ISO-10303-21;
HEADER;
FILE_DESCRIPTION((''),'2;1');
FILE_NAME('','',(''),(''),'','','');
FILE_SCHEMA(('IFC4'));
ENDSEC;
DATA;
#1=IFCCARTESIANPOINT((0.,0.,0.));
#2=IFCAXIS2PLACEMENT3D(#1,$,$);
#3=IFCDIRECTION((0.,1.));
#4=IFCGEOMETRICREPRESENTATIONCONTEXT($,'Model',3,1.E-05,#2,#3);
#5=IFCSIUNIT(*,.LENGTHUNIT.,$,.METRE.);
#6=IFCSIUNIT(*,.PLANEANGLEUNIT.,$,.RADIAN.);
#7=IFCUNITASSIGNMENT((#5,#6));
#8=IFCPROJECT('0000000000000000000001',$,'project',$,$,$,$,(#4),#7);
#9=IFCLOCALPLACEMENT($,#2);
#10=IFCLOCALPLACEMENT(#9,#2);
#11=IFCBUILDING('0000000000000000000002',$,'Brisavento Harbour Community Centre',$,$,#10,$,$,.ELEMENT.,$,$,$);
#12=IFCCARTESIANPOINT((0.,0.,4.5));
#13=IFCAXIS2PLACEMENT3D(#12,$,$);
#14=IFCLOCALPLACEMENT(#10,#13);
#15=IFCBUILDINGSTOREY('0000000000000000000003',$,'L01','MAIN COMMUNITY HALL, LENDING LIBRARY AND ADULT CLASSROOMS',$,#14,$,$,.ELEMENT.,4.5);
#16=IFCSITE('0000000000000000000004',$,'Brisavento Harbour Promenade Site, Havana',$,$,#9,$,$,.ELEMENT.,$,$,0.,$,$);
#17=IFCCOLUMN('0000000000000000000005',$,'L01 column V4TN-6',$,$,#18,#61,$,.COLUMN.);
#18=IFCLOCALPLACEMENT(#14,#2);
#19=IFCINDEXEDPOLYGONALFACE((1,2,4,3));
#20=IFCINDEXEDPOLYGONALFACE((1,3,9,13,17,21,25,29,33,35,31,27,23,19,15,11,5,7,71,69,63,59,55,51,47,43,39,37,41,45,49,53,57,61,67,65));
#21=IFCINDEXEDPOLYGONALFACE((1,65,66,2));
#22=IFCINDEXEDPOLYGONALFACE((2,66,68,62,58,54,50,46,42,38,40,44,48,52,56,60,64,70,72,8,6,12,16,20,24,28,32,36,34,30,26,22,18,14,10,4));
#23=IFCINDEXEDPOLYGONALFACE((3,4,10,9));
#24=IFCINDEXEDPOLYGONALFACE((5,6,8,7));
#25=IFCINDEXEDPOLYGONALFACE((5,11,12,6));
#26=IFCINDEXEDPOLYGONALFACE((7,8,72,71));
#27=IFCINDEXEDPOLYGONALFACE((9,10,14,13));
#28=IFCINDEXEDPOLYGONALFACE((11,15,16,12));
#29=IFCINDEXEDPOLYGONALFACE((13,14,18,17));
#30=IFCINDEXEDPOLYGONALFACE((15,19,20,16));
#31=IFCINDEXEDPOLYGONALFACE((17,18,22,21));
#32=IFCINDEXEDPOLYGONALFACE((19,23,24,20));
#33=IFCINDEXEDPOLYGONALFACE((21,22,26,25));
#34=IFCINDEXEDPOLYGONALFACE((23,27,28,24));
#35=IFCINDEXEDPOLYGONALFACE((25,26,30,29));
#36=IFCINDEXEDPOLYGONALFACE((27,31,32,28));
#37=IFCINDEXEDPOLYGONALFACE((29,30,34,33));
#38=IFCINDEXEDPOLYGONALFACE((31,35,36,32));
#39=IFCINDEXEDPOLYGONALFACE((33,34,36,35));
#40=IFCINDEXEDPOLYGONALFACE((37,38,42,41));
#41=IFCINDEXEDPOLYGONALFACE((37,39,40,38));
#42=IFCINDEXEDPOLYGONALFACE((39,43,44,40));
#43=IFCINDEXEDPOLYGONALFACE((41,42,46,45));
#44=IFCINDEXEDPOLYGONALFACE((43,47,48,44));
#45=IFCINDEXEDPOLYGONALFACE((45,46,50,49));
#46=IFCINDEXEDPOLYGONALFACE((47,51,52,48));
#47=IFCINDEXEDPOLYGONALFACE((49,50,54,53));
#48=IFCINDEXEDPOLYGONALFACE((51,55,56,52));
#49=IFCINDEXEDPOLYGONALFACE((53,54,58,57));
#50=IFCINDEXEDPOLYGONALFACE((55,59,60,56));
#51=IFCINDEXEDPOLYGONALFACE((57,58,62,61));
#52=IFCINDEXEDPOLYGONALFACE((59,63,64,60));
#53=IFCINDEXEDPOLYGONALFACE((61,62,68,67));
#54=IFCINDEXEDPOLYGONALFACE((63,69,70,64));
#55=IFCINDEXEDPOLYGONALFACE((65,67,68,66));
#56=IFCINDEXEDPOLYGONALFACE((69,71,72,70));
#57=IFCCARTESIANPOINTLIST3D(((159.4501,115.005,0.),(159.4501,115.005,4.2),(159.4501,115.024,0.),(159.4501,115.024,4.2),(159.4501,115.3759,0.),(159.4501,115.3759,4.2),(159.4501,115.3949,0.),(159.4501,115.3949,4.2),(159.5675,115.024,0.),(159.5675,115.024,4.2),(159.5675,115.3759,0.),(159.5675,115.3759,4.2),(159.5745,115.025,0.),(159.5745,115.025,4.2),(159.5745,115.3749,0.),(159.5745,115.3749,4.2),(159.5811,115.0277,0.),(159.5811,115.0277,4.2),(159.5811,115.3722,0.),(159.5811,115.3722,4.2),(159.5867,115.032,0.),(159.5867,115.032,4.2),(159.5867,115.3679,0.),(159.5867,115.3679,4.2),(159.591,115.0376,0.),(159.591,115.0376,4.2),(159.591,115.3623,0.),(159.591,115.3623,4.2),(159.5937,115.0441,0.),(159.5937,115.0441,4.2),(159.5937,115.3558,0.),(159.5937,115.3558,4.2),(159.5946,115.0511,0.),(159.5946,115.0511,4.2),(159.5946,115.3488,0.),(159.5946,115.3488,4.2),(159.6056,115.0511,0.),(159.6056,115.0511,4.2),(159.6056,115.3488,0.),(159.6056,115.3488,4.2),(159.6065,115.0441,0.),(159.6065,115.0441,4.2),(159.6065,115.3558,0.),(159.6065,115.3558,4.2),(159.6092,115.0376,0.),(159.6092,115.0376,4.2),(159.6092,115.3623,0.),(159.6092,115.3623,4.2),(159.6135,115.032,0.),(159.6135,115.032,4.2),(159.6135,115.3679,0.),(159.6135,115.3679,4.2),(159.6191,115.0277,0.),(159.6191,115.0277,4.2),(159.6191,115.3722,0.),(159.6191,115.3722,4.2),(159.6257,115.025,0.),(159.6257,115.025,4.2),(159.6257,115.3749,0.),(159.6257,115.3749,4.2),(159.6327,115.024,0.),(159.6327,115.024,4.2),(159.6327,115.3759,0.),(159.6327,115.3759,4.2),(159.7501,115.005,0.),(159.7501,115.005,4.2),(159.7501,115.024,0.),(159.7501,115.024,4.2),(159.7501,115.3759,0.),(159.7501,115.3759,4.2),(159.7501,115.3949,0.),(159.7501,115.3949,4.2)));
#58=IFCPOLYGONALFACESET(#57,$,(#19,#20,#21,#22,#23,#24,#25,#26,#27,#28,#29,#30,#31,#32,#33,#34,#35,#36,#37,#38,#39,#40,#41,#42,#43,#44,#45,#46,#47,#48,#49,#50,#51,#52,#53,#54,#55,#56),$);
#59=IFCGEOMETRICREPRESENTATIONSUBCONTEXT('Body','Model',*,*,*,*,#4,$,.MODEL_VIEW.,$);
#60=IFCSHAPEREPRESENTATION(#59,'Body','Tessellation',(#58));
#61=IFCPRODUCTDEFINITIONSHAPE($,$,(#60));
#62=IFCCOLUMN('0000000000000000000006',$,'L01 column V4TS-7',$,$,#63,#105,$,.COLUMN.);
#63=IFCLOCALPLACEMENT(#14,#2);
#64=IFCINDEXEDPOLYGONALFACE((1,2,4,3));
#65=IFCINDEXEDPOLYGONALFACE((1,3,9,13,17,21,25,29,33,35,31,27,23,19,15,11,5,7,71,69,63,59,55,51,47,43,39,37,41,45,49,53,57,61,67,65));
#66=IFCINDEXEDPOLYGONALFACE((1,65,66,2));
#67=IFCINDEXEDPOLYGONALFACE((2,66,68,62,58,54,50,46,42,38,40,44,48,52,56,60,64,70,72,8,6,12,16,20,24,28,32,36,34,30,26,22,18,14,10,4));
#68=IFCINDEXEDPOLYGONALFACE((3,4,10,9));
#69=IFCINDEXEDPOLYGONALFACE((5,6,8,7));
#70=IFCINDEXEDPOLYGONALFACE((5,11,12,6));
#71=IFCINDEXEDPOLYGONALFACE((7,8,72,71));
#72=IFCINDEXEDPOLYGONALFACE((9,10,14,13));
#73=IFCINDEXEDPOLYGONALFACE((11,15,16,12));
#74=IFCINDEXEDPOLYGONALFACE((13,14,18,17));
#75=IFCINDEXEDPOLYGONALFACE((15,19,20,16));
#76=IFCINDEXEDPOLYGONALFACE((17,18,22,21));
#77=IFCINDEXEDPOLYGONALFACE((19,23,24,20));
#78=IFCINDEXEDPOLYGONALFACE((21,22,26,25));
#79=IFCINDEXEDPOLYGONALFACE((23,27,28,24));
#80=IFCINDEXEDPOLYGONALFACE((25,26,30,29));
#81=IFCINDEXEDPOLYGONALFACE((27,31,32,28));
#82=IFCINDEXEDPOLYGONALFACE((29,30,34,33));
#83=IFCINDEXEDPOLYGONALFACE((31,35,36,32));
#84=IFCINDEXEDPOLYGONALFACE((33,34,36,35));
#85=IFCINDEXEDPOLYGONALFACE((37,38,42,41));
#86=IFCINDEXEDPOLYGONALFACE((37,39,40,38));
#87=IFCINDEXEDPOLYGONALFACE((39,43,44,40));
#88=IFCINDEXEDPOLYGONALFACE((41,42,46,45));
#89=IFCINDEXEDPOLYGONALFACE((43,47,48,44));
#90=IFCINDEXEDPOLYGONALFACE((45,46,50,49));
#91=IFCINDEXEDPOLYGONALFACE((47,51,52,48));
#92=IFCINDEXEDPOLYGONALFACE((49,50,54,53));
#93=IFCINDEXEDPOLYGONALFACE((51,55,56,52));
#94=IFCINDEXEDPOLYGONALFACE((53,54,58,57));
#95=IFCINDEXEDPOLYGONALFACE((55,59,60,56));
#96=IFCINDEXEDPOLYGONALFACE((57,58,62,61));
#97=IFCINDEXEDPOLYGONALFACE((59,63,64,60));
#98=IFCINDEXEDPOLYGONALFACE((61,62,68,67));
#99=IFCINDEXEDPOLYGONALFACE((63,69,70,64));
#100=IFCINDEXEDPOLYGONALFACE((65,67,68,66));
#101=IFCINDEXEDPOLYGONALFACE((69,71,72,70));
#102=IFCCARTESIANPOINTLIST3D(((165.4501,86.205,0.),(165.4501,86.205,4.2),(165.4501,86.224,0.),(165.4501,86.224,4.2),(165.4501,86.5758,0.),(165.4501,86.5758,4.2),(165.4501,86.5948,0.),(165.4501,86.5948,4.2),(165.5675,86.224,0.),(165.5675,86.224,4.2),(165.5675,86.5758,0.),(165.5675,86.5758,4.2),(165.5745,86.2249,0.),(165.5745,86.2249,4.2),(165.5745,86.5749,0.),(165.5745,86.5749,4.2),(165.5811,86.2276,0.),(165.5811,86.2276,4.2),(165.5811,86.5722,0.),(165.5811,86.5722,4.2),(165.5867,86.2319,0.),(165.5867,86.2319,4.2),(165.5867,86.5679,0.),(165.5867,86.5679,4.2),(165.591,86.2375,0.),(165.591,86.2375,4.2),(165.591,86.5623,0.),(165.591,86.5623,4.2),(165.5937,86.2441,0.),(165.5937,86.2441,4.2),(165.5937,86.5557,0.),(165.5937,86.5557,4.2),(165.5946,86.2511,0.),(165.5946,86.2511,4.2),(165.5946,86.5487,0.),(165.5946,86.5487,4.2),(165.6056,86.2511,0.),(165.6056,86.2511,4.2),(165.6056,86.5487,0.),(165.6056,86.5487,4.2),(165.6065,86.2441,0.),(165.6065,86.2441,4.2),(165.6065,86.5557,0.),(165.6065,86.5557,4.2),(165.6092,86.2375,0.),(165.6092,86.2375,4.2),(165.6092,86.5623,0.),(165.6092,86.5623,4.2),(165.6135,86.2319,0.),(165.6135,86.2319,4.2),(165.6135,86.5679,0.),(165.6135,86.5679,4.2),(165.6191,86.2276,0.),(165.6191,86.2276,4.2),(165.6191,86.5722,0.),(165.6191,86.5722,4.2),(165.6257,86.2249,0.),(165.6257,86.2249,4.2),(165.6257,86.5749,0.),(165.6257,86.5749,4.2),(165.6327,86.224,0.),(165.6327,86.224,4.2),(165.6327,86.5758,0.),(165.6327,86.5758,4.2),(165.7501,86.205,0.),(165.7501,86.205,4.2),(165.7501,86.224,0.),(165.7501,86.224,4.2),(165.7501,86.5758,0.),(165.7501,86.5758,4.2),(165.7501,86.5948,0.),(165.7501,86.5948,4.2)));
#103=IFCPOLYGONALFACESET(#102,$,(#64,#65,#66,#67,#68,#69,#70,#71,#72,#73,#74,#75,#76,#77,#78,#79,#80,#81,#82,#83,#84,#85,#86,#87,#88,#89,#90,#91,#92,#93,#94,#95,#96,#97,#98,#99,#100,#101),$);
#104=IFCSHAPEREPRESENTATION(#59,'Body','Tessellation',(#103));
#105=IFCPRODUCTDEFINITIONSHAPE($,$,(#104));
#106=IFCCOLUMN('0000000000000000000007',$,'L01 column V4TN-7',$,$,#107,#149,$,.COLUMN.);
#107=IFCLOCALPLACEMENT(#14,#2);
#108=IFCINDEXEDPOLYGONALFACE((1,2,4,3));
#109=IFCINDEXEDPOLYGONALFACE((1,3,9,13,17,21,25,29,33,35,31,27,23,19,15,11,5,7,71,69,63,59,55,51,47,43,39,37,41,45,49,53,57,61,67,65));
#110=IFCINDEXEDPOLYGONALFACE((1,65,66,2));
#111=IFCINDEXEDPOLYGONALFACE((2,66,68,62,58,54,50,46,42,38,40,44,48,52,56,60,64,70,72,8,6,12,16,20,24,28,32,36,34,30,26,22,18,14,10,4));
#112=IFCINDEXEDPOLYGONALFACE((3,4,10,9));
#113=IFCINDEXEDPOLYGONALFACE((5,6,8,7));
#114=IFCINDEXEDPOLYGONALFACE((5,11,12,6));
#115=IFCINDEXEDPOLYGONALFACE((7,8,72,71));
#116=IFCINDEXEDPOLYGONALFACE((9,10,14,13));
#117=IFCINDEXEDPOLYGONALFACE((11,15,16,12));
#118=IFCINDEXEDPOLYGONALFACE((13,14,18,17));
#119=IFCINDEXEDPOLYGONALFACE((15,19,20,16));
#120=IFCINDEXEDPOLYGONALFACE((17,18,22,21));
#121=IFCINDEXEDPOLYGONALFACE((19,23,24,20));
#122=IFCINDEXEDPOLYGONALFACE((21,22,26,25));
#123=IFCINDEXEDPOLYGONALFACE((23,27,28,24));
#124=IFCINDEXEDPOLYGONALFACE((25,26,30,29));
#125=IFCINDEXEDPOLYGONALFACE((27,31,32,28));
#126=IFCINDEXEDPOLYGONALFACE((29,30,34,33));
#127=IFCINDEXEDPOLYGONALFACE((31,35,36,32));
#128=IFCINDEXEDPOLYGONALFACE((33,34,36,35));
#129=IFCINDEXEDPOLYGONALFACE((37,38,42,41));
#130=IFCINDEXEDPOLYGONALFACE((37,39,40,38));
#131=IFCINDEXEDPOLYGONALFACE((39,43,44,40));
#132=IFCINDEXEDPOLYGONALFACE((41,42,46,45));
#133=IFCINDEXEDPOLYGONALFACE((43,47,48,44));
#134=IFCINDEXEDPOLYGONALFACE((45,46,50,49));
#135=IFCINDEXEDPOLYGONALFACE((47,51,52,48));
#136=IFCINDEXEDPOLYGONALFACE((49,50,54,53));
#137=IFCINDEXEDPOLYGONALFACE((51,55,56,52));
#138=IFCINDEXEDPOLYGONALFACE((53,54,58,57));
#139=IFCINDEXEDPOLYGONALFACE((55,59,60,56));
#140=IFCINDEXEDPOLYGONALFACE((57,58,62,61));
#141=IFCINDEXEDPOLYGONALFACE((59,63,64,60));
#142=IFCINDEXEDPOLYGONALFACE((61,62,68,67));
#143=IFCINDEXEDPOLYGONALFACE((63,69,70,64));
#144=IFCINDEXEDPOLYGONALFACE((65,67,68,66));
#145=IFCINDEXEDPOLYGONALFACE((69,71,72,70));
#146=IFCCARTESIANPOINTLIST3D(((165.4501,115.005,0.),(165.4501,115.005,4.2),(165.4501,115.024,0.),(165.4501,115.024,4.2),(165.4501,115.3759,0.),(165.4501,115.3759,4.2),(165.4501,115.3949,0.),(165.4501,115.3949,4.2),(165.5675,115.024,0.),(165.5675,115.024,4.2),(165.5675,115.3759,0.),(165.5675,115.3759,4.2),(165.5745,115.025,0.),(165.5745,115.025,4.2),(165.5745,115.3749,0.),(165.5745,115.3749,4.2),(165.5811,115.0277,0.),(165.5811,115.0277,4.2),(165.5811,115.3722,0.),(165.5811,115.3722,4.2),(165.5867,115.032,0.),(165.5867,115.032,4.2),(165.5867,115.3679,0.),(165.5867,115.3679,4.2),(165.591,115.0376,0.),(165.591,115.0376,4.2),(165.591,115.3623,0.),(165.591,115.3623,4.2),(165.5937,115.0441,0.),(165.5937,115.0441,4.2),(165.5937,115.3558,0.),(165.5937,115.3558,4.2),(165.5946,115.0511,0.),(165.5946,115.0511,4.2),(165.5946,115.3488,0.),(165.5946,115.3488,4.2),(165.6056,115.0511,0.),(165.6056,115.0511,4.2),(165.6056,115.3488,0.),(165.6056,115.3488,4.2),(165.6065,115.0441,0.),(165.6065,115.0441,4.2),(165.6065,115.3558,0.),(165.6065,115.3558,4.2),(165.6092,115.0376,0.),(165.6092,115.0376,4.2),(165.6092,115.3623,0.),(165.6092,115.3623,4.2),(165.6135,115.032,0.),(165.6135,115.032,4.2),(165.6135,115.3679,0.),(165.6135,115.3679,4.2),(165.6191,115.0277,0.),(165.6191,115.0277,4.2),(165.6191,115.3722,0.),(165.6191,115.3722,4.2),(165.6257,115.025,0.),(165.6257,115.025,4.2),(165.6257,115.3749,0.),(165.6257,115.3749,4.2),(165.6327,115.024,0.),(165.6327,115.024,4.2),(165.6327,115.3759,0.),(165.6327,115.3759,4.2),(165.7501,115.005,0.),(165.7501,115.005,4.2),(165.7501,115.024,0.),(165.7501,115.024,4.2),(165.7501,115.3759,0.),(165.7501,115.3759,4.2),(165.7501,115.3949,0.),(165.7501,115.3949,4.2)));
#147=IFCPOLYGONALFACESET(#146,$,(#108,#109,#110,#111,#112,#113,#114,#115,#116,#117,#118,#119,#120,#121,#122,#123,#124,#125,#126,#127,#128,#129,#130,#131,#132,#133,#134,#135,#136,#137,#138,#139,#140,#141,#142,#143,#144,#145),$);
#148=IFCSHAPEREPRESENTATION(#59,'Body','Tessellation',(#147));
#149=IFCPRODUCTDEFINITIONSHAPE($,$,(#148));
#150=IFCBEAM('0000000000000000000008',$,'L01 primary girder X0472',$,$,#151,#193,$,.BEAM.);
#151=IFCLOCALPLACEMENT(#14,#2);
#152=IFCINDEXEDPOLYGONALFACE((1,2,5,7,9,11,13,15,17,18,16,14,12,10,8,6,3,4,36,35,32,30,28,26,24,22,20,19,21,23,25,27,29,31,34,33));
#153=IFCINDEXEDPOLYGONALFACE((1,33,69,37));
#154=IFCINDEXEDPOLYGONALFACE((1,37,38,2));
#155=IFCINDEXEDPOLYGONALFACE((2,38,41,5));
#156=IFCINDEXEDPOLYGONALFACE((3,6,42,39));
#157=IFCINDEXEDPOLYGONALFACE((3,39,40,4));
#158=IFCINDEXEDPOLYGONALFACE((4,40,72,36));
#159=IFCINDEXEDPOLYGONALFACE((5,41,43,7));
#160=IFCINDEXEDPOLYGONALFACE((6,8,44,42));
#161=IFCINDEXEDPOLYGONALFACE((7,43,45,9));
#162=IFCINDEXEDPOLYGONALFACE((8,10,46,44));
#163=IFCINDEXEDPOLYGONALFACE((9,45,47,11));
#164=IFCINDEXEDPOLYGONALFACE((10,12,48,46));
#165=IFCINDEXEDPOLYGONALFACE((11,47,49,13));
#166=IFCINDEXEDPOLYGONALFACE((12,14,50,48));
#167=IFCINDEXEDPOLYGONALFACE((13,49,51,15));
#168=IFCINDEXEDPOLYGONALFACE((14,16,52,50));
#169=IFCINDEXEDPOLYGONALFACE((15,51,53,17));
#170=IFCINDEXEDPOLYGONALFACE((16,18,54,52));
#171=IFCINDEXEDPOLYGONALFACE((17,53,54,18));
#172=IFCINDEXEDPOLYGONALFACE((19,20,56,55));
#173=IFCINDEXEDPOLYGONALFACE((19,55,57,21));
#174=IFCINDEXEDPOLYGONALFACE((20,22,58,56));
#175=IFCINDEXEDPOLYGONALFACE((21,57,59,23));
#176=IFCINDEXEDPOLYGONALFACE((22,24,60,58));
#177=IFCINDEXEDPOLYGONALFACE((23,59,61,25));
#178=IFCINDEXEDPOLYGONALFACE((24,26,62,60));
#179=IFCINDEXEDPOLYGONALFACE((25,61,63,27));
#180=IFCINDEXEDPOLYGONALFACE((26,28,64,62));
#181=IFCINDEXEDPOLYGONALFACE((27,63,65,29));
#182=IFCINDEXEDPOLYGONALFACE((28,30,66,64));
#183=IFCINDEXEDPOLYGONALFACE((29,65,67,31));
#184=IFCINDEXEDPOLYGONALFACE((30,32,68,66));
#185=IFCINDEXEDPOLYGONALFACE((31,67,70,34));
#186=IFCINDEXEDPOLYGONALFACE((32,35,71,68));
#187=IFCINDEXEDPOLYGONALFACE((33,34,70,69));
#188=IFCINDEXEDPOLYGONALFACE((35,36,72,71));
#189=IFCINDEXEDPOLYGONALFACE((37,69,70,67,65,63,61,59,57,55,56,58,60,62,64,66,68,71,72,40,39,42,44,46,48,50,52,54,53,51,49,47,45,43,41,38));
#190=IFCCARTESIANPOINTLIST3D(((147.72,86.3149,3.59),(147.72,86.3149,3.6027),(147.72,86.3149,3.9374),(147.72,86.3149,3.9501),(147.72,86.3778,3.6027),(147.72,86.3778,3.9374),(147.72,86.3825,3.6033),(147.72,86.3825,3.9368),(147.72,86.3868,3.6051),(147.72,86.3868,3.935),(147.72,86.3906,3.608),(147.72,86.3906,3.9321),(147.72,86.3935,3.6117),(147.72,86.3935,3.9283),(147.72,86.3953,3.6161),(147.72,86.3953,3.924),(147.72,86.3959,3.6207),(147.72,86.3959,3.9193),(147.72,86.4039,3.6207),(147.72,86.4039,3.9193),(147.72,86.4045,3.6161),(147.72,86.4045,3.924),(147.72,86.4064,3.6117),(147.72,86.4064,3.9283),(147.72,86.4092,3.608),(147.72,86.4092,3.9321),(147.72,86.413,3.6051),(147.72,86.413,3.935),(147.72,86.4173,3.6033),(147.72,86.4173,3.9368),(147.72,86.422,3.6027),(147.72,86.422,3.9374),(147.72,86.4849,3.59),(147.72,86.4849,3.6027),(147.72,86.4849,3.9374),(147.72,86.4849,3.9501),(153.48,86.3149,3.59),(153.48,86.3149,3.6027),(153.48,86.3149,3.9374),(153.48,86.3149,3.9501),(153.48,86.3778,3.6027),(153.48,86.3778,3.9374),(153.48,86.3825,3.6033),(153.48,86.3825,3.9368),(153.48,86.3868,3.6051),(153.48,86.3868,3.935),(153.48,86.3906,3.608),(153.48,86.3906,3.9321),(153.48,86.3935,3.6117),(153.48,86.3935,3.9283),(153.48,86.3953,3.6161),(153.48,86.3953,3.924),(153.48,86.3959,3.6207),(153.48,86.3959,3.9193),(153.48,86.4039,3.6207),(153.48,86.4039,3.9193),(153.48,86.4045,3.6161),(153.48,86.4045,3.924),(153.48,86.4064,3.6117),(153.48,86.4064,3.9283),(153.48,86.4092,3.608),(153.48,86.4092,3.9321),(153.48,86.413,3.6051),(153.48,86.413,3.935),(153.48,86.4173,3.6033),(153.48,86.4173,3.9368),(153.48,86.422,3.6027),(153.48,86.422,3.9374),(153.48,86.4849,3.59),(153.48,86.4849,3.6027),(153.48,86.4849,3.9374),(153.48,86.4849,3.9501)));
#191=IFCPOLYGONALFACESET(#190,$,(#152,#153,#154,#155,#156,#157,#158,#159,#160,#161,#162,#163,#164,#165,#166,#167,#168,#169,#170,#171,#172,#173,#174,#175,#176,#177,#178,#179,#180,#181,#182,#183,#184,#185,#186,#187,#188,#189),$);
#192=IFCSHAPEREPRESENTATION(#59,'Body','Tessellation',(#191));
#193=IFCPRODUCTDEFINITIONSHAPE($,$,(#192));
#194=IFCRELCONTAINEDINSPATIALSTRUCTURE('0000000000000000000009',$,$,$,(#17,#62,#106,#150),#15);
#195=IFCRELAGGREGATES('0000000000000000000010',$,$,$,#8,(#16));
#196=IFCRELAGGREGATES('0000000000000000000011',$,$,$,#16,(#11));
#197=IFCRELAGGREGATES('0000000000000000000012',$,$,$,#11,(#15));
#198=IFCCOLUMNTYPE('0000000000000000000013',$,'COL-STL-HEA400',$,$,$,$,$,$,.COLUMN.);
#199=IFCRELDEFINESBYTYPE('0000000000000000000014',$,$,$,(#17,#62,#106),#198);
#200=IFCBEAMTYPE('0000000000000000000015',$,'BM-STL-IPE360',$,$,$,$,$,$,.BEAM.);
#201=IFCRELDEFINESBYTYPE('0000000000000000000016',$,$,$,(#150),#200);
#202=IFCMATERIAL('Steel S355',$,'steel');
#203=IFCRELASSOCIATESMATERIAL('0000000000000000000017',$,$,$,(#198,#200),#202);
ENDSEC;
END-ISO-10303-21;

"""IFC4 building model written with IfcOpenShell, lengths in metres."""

from ifc_helpers import new_model, si_unit, direction, frame, origin, origin_2d, place, context, subcontext, project, spatial, i_section, extrude, material, material_profile, profile_set, type_object, element, save


model = new_model("IFC4")

# Units and contexts
model_context = context("Model", 3, precision=1e-05, world=origin(), true_north=direction((0.0, 1.0)))
body_context = subcontext(model_context, "Body", "Model", "MODEL_VIEW")
ifc_project = project(units=[si_unit("LENGTHUNIT", "METRE"), si_unit("PLANEANGLEUNIT", "RADIAN")], contexts=[model_context])

# Site, building, storey
site_placement = place(None, origin())
site = spatial("IfcSite", under=ifc_project, at=site_placement, Name="Brisavento Harbour Promenade Site, Havana", CompositionType="ELEMENT", RefElevation=0.0)
building_placement = place(site_placement, origin())
building = spatial("IfcBuilding", under=site, at=building_placement, Name="Brisavento Harbour Community Centre", CompositionType="ELEMENT")
storey_placement = place(building_placement, frame((0.0, 0.0, 4.5)))
storey = spatial("IfcBuildingStorey", under=building, at=storey_placement, Name="L01", Description="MAIN COMMUNITY HALL, LENDING LIBRARY AND ADULT CLASSROOMS", CompositionType="ELEMENT", Elevation=4.5)

# Columns
ifc_material_1 = material(Name="Steel S355", Category="steel")
ifc_material_profile_1 = material_profile(ifc_material_1, i_section(OverallWidth=0.3, OverallDepth=0.3899, WebThickness=0.011, FlangeThickness=0.019, FilletRadius=0.0271, at=origin_2d()), Name="Steel S355")
ifc_profile_set_1 = profile_set([ifc_material_profile_1], Name="Steel S355")
column_type_1 = type_object("IfcColumnType", Name="COL-STL-HEA400", PredefinedType="COLUMN", material=ifc_profile_set_1)
for number, where, z_axis, x_axis, name in (
    (1, (159.6001, 115.2, 0.0), (0.0, 0.0, 1.0), (1.0, 0.0, 0.0), "L01 column V4TN-6"),
    (2, (165.6001, 86.3999, 0.0), (0.0, 0.0, 1.0), (1.0, 0.0, 0.0), "L01 column V4TS-7"),
    (3, (165.6001, 115.2, 0.0), (0.0, 0.0, 1.0), (1.0, 0.0, 0.0), "L01 column V4TN-7"),
):
    element("IfcColumn", number, at=place(storey_placement, frame(where, z_axis=z_axis, x_axis=x_axis)), inside=storey, type_object=column_type_1, Name=name, PredefinedType="COLUMN", context=body_context, shape_type="SweptSolid", body=[
        extrude(i_section(OverallWidth=0.3, OverallDepth=0.3899, WebThickness=0.011, FlangeThickness=0.019, FilletRadius=0.0271, at=origin_2d()), origin(), (0.0, 0.0, 1.0), 4.2),
    ])

# Beam
ifc_material_profile_2 = material_profile(ifc_material_1, i_section(OverallWidth=0.1699, OverallDepth=0.3601, WebThickness=0.0081, FlangeThickness=0.0127, FilletRadius=0.0181, at=origin_2d()), Name="Steel S355")
ifc_profile_set_2 = profile_set([ifc_material_profile_2], Name="Steel S355")
beam_type = type_object("IfcBeamType", Name="BM-STL-IPE360", PredefinedType="BEAM", material=ifc_profile_set_2)
for number, where, z_axis, x_axis, name in (
    (4, (147.72, 86.3999, 3.77), (1.0, 0.0, 0.0), (0.0, 1.0, 0.0), "L01 primary girder X0472"),
):
    element("IfcBeam", number, at=place(storey_placement, frame(where, z_axis=z_axis, x_axis=x_axis)), inside=storey, type_object=beam_type, Name=name, PredefinedType="BEAM", context=body_context, shape_type="SweptSolid", body=[
        extrude(i_section(OverallWidth=0.1699, OverallDepth=0.3601, WebThickness=0.0081, FlangeThickness=0.0127, FilletRadius=0.0181, at=origin_2d()), origin(), (0.0, 0.0, 1.0), 5.76),
    ])

save(model, "model.ifc")
